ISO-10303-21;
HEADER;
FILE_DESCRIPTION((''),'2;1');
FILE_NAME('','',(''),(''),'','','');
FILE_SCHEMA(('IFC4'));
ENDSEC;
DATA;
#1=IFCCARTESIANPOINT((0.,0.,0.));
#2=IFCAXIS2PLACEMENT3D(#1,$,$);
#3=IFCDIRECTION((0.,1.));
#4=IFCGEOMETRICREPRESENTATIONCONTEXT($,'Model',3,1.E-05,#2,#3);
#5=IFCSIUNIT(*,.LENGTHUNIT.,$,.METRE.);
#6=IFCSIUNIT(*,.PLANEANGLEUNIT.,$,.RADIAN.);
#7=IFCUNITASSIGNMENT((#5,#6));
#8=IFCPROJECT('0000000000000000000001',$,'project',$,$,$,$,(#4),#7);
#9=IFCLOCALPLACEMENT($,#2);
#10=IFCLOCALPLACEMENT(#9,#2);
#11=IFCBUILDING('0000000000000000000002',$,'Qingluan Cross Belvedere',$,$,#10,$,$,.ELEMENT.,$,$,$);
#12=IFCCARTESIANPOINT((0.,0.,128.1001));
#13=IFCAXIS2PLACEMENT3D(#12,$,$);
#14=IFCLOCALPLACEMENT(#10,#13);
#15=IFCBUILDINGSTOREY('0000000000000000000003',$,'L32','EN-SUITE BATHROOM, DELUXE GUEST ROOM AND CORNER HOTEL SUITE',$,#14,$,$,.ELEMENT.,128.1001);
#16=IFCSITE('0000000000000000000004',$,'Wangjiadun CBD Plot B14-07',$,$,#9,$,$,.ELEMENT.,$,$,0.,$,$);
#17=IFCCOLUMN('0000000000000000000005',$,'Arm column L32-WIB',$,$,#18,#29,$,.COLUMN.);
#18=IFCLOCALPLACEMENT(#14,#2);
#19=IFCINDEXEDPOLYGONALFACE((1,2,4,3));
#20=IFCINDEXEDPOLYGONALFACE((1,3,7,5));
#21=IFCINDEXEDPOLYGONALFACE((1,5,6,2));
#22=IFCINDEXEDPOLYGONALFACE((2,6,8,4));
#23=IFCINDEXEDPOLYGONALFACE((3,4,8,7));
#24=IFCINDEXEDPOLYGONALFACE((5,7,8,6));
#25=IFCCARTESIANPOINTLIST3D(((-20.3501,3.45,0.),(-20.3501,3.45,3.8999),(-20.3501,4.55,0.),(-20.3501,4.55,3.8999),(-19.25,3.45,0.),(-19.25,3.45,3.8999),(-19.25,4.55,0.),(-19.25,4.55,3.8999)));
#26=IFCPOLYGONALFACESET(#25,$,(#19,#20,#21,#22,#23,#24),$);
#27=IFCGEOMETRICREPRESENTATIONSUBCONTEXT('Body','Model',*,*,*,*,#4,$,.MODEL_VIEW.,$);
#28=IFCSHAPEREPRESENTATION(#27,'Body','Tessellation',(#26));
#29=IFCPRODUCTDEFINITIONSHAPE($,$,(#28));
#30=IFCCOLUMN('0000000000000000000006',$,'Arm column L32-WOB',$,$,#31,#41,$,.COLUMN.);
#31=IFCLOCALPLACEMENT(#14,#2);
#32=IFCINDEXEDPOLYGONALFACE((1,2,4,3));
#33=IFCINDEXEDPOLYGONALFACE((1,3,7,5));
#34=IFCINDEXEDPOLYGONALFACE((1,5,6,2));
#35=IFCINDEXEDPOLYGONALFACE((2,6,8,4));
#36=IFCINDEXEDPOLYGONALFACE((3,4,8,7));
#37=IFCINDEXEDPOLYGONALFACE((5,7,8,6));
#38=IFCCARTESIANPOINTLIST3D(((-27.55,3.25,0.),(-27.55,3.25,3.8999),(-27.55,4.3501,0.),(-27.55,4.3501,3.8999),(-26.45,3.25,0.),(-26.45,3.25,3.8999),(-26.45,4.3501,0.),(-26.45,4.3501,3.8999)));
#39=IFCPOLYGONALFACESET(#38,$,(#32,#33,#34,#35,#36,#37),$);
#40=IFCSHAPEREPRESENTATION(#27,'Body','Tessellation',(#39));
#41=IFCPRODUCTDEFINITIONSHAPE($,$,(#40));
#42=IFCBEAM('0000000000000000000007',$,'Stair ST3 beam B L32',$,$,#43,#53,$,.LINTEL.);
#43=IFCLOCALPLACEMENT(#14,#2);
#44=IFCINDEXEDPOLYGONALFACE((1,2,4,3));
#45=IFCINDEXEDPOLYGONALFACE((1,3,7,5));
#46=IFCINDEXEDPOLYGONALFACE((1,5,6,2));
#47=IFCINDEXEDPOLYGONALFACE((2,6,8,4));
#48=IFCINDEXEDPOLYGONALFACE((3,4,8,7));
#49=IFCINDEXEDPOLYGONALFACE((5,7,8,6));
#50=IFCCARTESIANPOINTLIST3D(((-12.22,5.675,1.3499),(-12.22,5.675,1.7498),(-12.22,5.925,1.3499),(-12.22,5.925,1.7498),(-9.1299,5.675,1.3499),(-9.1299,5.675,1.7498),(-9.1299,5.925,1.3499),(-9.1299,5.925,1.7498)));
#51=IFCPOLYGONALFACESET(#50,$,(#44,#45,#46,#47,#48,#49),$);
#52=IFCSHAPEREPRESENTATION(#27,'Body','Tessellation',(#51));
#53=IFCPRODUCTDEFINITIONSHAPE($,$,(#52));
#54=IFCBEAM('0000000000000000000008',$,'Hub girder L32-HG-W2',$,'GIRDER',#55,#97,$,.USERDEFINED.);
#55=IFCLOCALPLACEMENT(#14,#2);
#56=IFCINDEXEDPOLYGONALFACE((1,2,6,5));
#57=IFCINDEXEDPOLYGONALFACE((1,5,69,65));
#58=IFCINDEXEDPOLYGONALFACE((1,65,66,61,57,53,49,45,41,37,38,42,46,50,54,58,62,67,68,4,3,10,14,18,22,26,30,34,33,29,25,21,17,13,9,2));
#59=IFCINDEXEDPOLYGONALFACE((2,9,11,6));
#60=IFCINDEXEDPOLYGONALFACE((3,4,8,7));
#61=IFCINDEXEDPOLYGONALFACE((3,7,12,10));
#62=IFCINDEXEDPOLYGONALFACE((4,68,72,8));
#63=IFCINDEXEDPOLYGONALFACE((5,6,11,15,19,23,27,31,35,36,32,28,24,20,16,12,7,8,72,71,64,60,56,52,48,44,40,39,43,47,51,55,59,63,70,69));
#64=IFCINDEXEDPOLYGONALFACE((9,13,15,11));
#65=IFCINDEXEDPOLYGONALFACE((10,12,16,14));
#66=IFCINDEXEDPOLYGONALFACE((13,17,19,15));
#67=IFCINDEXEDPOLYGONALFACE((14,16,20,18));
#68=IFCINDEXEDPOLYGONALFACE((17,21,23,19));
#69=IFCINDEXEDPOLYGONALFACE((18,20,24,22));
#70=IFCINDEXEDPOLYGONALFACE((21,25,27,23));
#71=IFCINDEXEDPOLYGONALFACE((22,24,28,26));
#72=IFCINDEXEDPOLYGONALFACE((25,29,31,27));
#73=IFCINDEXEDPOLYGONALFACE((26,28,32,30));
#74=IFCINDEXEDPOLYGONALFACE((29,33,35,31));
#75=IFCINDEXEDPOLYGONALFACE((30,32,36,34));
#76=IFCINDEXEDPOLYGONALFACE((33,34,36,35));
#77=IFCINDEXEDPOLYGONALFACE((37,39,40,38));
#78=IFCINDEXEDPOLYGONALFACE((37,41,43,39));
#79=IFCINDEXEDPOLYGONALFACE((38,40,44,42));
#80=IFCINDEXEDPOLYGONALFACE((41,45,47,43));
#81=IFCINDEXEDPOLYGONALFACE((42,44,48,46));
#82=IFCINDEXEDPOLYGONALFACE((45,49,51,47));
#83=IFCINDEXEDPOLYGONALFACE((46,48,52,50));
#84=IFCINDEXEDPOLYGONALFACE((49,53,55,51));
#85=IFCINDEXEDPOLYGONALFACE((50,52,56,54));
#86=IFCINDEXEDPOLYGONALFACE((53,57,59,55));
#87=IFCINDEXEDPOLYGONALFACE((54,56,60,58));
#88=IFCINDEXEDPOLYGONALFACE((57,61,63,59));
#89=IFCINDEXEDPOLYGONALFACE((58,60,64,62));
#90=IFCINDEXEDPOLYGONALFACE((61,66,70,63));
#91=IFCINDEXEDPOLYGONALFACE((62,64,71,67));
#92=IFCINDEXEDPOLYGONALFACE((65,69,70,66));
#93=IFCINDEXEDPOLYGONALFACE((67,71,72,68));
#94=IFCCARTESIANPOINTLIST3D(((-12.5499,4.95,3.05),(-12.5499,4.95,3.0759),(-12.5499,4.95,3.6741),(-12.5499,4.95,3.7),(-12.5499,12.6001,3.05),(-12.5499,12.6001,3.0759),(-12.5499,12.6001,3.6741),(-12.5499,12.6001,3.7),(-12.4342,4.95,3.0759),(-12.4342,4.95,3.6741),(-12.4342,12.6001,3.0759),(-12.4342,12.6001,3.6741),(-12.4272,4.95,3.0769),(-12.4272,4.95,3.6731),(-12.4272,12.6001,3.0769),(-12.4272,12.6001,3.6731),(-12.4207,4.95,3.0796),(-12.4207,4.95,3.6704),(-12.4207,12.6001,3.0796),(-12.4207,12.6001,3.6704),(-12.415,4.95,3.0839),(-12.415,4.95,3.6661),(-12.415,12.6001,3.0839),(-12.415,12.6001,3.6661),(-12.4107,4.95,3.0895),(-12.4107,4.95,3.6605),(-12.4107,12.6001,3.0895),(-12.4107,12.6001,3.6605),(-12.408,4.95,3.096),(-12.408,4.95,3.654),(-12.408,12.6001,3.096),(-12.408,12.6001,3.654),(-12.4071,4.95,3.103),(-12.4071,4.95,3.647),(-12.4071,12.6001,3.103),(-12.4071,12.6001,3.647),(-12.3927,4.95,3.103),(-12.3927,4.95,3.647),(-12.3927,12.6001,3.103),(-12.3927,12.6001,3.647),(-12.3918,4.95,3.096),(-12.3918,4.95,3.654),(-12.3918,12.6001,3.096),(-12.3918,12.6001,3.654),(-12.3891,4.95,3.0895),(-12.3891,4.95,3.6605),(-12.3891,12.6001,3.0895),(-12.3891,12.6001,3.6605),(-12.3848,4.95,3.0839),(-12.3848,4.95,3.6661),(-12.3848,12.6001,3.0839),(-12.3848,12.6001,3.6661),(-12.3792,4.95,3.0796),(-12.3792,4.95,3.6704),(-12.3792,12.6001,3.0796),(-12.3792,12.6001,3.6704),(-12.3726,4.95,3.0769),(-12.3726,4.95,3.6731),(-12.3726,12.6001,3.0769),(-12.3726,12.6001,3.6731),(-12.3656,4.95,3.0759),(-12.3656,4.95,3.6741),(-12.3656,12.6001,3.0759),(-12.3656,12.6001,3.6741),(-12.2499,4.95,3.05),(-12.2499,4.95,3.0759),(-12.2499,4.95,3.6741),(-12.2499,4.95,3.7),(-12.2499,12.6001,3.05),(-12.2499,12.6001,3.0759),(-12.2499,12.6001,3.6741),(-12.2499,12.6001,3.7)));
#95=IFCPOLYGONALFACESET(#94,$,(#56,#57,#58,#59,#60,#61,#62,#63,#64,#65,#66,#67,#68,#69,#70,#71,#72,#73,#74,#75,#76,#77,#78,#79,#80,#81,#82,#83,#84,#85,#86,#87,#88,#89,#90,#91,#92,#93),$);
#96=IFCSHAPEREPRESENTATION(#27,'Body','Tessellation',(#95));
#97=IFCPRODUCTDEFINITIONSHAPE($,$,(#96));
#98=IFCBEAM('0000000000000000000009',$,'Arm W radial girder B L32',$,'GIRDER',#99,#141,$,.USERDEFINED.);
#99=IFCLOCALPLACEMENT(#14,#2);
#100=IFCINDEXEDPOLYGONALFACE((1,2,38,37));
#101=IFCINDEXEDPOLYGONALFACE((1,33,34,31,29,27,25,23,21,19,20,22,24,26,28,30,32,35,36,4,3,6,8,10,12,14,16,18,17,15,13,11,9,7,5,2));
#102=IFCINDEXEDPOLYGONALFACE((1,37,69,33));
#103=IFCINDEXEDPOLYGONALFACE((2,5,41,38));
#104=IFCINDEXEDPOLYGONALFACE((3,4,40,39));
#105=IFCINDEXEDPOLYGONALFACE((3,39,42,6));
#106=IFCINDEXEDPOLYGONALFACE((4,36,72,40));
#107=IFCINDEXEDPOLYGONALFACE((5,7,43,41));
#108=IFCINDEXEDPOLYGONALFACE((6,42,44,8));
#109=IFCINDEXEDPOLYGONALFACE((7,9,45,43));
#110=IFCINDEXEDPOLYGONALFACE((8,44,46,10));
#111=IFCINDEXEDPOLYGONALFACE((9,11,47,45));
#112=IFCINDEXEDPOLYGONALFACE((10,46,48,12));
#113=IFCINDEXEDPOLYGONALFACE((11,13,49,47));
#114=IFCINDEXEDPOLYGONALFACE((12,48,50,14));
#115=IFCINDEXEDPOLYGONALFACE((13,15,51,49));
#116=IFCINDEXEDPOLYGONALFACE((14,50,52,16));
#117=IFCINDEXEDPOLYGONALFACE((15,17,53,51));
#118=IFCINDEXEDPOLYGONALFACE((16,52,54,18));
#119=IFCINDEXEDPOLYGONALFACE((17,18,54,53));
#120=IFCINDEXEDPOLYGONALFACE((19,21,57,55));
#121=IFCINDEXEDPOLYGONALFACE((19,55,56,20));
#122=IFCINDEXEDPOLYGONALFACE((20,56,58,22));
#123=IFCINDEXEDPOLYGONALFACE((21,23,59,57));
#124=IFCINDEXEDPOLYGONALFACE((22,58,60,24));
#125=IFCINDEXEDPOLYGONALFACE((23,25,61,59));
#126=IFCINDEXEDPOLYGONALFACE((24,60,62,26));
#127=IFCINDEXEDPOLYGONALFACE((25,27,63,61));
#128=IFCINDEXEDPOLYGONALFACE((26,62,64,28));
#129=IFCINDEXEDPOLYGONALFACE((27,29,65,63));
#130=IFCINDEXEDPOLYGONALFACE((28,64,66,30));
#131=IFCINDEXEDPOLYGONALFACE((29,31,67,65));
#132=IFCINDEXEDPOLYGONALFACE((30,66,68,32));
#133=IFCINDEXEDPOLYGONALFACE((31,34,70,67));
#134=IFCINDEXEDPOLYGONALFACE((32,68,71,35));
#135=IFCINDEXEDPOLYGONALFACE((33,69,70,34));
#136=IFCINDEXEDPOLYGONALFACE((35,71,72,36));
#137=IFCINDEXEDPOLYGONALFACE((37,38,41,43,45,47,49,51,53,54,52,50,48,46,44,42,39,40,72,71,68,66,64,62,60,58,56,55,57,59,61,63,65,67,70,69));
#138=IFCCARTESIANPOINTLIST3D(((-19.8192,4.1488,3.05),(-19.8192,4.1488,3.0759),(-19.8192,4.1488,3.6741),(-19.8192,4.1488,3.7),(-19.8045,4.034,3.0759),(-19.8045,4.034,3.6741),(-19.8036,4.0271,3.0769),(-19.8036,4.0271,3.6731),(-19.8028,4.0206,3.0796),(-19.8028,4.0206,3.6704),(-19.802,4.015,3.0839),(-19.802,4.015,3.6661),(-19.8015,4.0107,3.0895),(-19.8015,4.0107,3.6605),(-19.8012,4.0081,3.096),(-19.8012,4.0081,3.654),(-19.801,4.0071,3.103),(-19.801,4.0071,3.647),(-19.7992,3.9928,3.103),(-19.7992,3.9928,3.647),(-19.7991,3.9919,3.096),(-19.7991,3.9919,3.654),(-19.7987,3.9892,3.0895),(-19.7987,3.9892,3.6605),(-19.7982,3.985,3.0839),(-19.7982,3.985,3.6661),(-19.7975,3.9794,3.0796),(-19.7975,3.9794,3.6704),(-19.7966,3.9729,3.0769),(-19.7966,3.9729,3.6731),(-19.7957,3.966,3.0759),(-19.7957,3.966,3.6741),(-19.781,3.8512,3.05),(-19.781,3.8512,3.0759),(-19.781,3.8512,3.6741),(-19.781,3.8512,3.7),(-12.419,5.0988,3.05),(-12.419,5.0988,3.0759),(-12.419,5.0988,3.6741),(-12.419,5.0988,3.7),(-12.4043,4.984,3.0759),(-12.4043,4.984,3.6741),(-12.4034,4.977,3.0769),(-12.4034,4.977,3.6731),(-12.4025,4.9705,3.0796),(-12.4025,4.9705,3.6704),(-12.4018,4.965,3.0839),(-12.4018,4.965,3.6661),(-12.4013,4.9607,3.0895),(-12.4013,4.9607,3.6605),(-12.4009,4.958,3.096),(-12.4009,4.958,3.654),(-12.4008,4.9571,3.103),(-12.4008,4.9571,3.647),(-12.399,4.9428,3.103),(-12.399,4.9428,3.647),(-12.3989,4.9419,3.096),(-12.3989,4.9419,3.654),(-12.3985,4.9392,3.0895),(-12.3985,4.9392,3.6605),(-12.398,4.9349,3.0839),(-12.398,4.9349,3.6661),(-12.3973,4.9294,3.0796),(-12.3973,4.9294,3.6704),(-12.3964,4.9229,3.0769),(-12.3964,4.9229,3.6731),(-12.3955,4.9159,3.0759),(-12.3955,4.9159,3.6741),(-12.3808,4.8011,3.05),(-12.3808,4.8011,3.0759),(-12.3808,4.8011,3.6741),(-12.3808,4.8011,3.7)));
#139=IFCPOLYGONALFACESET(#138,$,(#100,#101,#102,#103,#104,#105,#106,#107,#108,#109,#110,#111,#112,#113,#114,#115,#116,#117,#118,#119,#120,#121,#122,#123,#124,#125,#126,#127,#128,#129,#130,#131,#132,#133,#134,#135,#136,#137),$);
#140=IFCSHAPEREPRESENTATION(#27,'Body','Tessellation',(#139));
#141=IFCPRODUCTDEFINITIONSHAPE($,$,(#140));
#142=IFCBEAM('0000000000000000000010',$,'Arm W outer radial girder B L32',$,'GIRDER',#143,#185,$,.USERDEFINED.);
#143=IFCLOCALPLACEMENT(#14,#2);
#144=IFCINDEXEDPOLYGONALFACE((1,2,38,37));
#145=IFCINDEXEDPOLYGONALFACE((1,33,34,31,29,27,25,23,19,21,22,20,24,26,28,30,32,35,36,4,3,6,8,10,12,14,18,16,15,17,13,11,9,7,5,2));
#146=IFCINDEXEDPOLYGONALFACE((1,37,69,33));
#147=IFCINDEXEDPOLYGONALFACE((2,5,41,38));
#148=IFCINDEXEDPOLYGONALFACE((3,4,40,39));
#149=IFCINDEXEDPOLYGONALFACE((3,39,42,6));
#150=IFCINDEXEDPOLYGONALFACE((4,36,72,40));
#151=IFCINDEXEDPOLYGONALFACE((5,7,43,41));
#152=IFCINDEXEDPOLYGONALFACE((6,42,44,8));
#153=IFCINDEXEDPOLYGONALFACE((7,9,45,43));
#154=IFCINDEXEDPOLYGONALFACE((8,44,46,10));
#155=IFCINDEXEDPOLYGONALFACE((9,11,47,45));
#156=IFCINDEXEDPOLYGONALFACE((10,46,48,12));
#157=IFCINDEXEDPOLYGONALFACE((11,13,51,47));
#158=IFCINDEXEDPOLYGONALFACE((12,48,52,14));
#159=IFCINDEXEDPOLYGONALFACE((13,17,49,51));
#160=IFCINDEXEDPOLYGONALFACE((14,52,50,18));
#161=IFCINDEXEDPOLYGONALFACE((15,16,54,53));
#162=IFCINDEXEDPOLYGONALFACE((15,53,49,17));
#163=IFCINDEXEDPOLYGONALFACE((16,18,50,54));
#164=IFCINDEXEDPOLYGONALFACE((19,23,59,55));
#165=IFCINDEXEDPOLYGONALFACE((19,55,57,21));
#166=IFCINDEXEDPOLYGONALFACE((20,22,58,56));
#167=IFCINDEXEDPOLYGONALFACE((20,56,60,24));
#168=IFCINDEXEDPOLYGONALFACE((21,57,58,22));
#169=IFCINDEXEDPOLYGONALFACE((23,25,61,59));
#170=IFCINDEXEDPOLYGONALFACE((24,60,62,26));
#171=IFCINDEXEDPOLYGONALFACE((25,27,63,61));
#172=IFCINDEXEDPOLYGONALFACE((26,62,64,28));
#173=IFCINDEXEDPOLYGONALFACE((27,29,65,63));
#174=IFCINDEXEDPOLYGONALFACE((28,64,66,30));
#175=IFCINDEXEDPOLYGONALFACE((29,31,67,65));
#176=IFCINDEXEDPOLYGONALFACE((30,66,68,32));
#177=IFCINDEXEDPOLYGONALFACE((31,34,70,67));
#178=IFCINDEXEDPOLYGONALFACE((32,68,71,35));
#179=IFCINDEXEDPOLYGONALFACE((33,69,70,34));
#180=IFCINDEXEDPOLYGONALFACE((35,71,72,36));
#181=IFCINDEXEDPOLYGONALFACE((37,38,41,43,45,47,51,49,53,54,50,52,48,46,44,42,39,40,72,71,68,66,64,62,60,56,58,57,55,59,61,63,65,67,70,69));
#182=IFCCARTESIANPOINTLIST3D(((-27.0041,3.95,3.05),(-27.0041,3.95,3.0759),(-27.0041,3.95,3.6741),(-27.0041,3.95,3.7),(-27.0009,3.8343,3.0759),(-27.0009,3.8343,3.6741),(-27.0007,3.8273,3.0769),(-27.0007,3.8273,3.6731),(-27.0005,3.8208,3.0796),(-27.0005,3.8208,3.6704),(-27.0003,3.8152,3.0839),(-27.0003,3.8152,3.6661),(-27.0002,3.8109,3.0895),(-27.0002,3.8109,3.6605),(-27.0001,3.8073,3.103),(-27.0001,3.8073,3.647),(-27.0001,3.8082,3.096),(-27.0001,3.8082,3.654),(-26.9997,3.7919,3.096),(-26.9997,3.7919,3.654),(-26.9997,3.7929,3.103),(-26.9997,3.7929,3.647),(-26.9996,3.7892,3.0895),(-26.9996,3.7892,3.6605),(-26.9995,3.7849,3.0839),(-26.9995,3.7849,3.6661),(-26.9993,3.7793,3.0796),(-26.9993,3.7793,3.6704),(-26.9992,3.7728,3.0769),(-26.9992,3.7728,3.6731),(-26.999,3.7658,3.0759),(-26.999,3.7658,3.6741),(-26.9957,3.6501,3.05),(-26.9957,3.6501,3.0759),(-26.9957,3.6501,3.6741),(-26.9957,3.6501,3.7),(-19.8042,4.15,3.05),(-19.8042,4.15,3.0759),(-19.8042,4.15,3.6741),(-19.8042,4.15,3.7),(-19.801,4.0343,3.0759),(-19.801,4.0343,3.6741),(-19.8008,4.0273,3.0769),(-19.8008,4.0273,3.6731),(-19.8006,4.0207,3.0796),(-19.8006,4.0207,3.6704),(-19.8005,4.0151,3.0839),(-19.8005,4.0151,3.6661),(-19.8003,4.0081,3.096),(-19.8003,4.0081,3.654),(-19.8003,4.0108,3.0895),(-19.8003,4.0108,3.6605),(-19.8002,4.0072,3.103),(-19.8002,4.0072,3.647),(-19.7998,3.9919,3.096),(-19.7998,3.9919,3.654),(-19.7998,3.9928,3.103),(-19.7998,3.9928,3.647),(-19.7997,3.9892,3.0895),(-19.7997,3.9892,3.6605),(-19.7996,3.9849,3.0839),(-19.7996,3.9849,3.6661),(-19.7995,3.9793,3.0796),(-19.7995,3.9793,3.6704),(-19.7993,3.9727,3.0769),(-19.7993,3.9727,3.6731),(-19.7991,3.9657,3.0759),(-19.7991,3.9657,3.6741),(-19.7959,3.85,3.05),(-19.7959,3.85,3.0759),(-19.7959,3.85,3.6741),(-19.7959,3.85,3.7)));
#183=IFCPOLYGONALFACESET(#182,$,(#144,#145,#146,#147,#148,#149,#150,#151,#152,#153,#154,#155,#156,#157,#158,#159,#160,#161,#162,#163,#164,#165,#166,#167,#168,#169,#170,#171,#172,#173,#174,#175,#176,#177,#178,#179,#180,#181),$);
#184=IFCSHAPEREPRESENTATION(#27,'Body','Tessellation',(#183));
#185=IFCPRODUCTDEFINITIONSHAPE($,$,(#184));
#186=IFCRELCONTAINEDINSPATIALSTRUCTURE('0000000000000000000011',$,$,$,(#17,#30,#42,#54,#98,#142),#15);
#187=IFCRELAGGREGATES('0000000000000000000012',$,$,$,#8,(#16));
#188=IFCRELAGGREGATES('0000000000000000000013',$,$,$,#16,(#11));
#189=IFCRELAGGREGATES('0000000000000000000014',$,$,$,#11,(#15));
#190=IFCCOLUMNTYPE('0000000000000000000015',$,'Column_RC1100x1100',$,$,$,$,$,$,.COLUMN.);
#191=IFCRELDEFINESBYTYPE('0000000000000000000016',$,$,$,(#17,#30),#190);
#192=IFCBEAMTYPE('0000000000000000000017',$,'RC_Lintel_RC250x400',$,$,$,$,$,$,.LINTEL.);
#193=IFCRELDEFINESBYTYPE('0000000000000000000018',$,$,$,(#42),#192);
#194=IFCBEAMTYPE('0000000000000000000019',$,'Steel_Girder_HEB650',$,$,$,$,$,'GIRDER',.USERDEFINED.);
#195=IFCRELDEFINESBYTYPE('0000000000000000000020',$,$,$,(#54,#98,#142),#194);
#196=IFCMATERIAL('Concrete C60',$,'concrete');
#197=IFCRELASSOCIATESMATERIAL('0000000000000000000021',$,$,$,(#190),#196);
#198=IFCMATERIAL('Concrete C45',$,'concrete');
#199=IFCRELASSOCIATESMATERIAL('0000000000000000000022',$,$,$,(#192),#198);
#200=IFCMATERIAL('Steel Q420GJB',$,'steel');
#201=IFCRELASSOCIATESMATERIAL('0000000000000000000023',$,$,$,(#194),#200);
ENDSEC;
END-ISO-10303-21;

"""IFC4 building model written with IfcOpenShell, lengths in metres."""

from ifc_helpers import new_model, si_unit, direction, frame, origin, origin_2d, place, context, subcontext, project, spatial, rectangle, i_section, extrude, material, material_profile, profile_set, type_object, element, save


model = new_model("IFC4")

# Units and contexts
model_context = context("Model", 3, precision=1e-05, world=origin(), true_north=direction((0.0, 1.0)))
body_context = subcontext(model_context, "Body", "Model", "MODEL_VIEW")
ifc_project = project(units=[si_unit("LENGTHUNIT", "METRE"), si_unit("PLANEANGLEUNIT", "RADIAN")], contexts=[model_context])

# Site, building, storey
site_placement = place(None, origin())
site = spatial("IfcSite", under=ifc_project, at=site_placement, Name="Wangjiadun CBD Plot B14-07", CompositionType="ELEMENT", RefElevation=0.0)
building_placement = place(site_placement, origin())
building = spatial("IfcBuilding", under=site, at=building_placement, Name="Qingluan Cross Belvedere", CompositionType="ELEMENT")
storey_placement = place(building_placement, frame((0.0, 0.0, 128.1001)))
storey = spatial("IfcBuildingStorey", under=building, at=storey_placement, Name="L32", Description="EN-SUITE BATHROOM, DELUXE GUEST ROOM AND CORNER HOTEL SUITE", CompositionType="ELEMENT", Elevation=128.1001)

# Columns
ifc_material_1 = material(Name="Concrete C60", Category="concrete")
ifc_material_profile_1 = material_profile(ifc_material_1, rectangle(XDim=1.1001, YDim=1.1001, at=origin_2d()), Name="RC1100x1100")
ifc_profile_set_1 = profile_set([ifc_material_profile_1], Name="Concrete C60")
column_type = type_object("IfcColumnType", Name="Column_RC1100x1100", PredefinedType="COLUMN", material=ifc_profile_set_1)
for number, where, z_axis, x_axis, name in (
    (1, (-19.8, 4.0, 0.0), (0.0, 0.0, 1.0), (1.0, 0.0, 0.0), "Arm column L32-WIB"),
    (2, (-27.0, 3.8, 0.0), (0.0, 0.0, 1.0), (1.0, 0.0, 0.0), "Arm column L32-WOB"),
):
    element("IfcColumn", number, at=place(storey_placement, frame(where, z_axis=z_axis, x_axis=x_axis)), inside=storey, type_object=column_type, Name=name, PredefinedType="COLUMN", context=body_context, shape_type="SweptSolid", body=[
        extrude(rectangle(XDim=1.1001, YDim=1.1001, at=origin_2d()), origin(), (0.0, 0.0, 1.0), 3.8999),
    ])

# Beams
ifc_material_2 = material(Name="Concrete C45", Category="concrete")
ifc_material_profile_2 = material_profile(ifc_material_2, rectangle(XDim=0.25, YDim=0.3999, at=origin_2d()), Name="RC250x400")
ifc_profile_set_2 = profile_set([ifc_material_profile_2], Name="Concrete C45")
beam_type_1 = type_object("IfcBeamType", Name="RC_Lintel_RC250x400", PredefinedType="LINTEL", material=ifc_profile_set_2)
beam_1_placement = place(storey_placement, frame((-12.22, 5.8, 1.5498), z_axis=(1.0, 0.0, 0.0), x_axis=(0.0, 1.0, 0.0)))
element("IfcBeam", 3, at=beam_1_placement, inside=storey, type_object=beam_type_1, Name="Stair ST3 beam B L32", PredefinedType="LINTEL", context=body_context, shape_type="SweptSolid", body=[
    extrude(rectangle(XDim=0.25, YDim=0.3999, at=origin_2d()), origin(), (0.0, 0.0, 1.0), 3.0901),
])
ifc_material_3 = material(Name="Steel Q420GJB", Category="steel")
ifc_material_profile_3 = material_profile(ifc_material_3, i_section(OverallWidth=0.3, OverallDepth=0.6499, WebThickness=0.0144, FlangeThickness=0.0259, FilletRadius=0.0271, at=origin_2d()), Name="HEB650")
ifc_profile_set_3 = profile_set([ifc_material_profile_3], Name="Steel Q420GJB")
beam_type_2 = type_object("IfcBeamType", Name="Steel_Girder_HEB650", ElementType="GIRDER", PredefinedType="USERDEFINED", material=ifc_profile_set_3)
beam_2_placement = place(storey_placement, frame((-12.3999, 4.95, 3.375), z_axis=(0.0, 1.0, 0.0), x_axis=(-1.0, 0.0, 0.0)))
element("IfcBeam", 4, at=beam_2_placement, inside=storey, type_object=beam_type_2, Name="Hub girder L32-HG-W2", ObjectType="GIRDER", PredefinedType="USERDEFINED", context=body_context, shape_type="SweptSolid", body=[
    extrude(i_section(OverallWidth=0.3, OverallDepth=0.6499, WebThickness=0.0144, FlangeThickness=0.0259, FilletRadius=0.0271, at=origin_2d()), origin(), (0.0, 0.0, 1.0), 7.6501),
])
beam_3_placement = place(storey_placement, frame((-12.3999, 4.95, 3.375), z_axis=(-0.991861, -0.127324, 0.0), x_axis=(0.127324, -0.991861, 0.0)))
element("IfcBeam", 5, at=beam_3_placement, inside=storey, type_object=beam_type_2, Name="Arm W radial girder B L32", ObjectType="GIRDER", PredefinedType="USERDEFINED", context=body_context, shape_type="SweptSolid", body=[
    extrude(i_section(OverallWidth=0.3, OverallDepth=0.6499, WebThickness=0.0144, FlangeThickness=0.0259, FilletRadius=0.0271, at=origin_2d()), origin(), (0.0, 0.0, 1.0), 7.4609),
])
beam_4_placement = place(storey_placement, frame((-19.8, 4.0, 3.375), z_axis=(-0.999615, -0.02776, 0.0), x_axis=(0.02776, -0.999615, 0.0)))
element("IfcBeam", 6, at=beam_4_placement, inside=storey, type_object=beam_type_2, Name="Arm W outer radial girder B L32", ObjectType="GIRDER", PredefinedType="USERDEFINED", context=body_context, shape_type="SweptSolid", body=[
    extrude(i_section(OverallWidth=0.3, OverallDepth=0.6499, WebThickness=0.0144, FlangeThickness=0.0259, FilletRadius=0.0271, at=origin_2d()), origin(), (0.0, 0.0, 1.0), 7.2026),
])

save(model, "model.ifc")
